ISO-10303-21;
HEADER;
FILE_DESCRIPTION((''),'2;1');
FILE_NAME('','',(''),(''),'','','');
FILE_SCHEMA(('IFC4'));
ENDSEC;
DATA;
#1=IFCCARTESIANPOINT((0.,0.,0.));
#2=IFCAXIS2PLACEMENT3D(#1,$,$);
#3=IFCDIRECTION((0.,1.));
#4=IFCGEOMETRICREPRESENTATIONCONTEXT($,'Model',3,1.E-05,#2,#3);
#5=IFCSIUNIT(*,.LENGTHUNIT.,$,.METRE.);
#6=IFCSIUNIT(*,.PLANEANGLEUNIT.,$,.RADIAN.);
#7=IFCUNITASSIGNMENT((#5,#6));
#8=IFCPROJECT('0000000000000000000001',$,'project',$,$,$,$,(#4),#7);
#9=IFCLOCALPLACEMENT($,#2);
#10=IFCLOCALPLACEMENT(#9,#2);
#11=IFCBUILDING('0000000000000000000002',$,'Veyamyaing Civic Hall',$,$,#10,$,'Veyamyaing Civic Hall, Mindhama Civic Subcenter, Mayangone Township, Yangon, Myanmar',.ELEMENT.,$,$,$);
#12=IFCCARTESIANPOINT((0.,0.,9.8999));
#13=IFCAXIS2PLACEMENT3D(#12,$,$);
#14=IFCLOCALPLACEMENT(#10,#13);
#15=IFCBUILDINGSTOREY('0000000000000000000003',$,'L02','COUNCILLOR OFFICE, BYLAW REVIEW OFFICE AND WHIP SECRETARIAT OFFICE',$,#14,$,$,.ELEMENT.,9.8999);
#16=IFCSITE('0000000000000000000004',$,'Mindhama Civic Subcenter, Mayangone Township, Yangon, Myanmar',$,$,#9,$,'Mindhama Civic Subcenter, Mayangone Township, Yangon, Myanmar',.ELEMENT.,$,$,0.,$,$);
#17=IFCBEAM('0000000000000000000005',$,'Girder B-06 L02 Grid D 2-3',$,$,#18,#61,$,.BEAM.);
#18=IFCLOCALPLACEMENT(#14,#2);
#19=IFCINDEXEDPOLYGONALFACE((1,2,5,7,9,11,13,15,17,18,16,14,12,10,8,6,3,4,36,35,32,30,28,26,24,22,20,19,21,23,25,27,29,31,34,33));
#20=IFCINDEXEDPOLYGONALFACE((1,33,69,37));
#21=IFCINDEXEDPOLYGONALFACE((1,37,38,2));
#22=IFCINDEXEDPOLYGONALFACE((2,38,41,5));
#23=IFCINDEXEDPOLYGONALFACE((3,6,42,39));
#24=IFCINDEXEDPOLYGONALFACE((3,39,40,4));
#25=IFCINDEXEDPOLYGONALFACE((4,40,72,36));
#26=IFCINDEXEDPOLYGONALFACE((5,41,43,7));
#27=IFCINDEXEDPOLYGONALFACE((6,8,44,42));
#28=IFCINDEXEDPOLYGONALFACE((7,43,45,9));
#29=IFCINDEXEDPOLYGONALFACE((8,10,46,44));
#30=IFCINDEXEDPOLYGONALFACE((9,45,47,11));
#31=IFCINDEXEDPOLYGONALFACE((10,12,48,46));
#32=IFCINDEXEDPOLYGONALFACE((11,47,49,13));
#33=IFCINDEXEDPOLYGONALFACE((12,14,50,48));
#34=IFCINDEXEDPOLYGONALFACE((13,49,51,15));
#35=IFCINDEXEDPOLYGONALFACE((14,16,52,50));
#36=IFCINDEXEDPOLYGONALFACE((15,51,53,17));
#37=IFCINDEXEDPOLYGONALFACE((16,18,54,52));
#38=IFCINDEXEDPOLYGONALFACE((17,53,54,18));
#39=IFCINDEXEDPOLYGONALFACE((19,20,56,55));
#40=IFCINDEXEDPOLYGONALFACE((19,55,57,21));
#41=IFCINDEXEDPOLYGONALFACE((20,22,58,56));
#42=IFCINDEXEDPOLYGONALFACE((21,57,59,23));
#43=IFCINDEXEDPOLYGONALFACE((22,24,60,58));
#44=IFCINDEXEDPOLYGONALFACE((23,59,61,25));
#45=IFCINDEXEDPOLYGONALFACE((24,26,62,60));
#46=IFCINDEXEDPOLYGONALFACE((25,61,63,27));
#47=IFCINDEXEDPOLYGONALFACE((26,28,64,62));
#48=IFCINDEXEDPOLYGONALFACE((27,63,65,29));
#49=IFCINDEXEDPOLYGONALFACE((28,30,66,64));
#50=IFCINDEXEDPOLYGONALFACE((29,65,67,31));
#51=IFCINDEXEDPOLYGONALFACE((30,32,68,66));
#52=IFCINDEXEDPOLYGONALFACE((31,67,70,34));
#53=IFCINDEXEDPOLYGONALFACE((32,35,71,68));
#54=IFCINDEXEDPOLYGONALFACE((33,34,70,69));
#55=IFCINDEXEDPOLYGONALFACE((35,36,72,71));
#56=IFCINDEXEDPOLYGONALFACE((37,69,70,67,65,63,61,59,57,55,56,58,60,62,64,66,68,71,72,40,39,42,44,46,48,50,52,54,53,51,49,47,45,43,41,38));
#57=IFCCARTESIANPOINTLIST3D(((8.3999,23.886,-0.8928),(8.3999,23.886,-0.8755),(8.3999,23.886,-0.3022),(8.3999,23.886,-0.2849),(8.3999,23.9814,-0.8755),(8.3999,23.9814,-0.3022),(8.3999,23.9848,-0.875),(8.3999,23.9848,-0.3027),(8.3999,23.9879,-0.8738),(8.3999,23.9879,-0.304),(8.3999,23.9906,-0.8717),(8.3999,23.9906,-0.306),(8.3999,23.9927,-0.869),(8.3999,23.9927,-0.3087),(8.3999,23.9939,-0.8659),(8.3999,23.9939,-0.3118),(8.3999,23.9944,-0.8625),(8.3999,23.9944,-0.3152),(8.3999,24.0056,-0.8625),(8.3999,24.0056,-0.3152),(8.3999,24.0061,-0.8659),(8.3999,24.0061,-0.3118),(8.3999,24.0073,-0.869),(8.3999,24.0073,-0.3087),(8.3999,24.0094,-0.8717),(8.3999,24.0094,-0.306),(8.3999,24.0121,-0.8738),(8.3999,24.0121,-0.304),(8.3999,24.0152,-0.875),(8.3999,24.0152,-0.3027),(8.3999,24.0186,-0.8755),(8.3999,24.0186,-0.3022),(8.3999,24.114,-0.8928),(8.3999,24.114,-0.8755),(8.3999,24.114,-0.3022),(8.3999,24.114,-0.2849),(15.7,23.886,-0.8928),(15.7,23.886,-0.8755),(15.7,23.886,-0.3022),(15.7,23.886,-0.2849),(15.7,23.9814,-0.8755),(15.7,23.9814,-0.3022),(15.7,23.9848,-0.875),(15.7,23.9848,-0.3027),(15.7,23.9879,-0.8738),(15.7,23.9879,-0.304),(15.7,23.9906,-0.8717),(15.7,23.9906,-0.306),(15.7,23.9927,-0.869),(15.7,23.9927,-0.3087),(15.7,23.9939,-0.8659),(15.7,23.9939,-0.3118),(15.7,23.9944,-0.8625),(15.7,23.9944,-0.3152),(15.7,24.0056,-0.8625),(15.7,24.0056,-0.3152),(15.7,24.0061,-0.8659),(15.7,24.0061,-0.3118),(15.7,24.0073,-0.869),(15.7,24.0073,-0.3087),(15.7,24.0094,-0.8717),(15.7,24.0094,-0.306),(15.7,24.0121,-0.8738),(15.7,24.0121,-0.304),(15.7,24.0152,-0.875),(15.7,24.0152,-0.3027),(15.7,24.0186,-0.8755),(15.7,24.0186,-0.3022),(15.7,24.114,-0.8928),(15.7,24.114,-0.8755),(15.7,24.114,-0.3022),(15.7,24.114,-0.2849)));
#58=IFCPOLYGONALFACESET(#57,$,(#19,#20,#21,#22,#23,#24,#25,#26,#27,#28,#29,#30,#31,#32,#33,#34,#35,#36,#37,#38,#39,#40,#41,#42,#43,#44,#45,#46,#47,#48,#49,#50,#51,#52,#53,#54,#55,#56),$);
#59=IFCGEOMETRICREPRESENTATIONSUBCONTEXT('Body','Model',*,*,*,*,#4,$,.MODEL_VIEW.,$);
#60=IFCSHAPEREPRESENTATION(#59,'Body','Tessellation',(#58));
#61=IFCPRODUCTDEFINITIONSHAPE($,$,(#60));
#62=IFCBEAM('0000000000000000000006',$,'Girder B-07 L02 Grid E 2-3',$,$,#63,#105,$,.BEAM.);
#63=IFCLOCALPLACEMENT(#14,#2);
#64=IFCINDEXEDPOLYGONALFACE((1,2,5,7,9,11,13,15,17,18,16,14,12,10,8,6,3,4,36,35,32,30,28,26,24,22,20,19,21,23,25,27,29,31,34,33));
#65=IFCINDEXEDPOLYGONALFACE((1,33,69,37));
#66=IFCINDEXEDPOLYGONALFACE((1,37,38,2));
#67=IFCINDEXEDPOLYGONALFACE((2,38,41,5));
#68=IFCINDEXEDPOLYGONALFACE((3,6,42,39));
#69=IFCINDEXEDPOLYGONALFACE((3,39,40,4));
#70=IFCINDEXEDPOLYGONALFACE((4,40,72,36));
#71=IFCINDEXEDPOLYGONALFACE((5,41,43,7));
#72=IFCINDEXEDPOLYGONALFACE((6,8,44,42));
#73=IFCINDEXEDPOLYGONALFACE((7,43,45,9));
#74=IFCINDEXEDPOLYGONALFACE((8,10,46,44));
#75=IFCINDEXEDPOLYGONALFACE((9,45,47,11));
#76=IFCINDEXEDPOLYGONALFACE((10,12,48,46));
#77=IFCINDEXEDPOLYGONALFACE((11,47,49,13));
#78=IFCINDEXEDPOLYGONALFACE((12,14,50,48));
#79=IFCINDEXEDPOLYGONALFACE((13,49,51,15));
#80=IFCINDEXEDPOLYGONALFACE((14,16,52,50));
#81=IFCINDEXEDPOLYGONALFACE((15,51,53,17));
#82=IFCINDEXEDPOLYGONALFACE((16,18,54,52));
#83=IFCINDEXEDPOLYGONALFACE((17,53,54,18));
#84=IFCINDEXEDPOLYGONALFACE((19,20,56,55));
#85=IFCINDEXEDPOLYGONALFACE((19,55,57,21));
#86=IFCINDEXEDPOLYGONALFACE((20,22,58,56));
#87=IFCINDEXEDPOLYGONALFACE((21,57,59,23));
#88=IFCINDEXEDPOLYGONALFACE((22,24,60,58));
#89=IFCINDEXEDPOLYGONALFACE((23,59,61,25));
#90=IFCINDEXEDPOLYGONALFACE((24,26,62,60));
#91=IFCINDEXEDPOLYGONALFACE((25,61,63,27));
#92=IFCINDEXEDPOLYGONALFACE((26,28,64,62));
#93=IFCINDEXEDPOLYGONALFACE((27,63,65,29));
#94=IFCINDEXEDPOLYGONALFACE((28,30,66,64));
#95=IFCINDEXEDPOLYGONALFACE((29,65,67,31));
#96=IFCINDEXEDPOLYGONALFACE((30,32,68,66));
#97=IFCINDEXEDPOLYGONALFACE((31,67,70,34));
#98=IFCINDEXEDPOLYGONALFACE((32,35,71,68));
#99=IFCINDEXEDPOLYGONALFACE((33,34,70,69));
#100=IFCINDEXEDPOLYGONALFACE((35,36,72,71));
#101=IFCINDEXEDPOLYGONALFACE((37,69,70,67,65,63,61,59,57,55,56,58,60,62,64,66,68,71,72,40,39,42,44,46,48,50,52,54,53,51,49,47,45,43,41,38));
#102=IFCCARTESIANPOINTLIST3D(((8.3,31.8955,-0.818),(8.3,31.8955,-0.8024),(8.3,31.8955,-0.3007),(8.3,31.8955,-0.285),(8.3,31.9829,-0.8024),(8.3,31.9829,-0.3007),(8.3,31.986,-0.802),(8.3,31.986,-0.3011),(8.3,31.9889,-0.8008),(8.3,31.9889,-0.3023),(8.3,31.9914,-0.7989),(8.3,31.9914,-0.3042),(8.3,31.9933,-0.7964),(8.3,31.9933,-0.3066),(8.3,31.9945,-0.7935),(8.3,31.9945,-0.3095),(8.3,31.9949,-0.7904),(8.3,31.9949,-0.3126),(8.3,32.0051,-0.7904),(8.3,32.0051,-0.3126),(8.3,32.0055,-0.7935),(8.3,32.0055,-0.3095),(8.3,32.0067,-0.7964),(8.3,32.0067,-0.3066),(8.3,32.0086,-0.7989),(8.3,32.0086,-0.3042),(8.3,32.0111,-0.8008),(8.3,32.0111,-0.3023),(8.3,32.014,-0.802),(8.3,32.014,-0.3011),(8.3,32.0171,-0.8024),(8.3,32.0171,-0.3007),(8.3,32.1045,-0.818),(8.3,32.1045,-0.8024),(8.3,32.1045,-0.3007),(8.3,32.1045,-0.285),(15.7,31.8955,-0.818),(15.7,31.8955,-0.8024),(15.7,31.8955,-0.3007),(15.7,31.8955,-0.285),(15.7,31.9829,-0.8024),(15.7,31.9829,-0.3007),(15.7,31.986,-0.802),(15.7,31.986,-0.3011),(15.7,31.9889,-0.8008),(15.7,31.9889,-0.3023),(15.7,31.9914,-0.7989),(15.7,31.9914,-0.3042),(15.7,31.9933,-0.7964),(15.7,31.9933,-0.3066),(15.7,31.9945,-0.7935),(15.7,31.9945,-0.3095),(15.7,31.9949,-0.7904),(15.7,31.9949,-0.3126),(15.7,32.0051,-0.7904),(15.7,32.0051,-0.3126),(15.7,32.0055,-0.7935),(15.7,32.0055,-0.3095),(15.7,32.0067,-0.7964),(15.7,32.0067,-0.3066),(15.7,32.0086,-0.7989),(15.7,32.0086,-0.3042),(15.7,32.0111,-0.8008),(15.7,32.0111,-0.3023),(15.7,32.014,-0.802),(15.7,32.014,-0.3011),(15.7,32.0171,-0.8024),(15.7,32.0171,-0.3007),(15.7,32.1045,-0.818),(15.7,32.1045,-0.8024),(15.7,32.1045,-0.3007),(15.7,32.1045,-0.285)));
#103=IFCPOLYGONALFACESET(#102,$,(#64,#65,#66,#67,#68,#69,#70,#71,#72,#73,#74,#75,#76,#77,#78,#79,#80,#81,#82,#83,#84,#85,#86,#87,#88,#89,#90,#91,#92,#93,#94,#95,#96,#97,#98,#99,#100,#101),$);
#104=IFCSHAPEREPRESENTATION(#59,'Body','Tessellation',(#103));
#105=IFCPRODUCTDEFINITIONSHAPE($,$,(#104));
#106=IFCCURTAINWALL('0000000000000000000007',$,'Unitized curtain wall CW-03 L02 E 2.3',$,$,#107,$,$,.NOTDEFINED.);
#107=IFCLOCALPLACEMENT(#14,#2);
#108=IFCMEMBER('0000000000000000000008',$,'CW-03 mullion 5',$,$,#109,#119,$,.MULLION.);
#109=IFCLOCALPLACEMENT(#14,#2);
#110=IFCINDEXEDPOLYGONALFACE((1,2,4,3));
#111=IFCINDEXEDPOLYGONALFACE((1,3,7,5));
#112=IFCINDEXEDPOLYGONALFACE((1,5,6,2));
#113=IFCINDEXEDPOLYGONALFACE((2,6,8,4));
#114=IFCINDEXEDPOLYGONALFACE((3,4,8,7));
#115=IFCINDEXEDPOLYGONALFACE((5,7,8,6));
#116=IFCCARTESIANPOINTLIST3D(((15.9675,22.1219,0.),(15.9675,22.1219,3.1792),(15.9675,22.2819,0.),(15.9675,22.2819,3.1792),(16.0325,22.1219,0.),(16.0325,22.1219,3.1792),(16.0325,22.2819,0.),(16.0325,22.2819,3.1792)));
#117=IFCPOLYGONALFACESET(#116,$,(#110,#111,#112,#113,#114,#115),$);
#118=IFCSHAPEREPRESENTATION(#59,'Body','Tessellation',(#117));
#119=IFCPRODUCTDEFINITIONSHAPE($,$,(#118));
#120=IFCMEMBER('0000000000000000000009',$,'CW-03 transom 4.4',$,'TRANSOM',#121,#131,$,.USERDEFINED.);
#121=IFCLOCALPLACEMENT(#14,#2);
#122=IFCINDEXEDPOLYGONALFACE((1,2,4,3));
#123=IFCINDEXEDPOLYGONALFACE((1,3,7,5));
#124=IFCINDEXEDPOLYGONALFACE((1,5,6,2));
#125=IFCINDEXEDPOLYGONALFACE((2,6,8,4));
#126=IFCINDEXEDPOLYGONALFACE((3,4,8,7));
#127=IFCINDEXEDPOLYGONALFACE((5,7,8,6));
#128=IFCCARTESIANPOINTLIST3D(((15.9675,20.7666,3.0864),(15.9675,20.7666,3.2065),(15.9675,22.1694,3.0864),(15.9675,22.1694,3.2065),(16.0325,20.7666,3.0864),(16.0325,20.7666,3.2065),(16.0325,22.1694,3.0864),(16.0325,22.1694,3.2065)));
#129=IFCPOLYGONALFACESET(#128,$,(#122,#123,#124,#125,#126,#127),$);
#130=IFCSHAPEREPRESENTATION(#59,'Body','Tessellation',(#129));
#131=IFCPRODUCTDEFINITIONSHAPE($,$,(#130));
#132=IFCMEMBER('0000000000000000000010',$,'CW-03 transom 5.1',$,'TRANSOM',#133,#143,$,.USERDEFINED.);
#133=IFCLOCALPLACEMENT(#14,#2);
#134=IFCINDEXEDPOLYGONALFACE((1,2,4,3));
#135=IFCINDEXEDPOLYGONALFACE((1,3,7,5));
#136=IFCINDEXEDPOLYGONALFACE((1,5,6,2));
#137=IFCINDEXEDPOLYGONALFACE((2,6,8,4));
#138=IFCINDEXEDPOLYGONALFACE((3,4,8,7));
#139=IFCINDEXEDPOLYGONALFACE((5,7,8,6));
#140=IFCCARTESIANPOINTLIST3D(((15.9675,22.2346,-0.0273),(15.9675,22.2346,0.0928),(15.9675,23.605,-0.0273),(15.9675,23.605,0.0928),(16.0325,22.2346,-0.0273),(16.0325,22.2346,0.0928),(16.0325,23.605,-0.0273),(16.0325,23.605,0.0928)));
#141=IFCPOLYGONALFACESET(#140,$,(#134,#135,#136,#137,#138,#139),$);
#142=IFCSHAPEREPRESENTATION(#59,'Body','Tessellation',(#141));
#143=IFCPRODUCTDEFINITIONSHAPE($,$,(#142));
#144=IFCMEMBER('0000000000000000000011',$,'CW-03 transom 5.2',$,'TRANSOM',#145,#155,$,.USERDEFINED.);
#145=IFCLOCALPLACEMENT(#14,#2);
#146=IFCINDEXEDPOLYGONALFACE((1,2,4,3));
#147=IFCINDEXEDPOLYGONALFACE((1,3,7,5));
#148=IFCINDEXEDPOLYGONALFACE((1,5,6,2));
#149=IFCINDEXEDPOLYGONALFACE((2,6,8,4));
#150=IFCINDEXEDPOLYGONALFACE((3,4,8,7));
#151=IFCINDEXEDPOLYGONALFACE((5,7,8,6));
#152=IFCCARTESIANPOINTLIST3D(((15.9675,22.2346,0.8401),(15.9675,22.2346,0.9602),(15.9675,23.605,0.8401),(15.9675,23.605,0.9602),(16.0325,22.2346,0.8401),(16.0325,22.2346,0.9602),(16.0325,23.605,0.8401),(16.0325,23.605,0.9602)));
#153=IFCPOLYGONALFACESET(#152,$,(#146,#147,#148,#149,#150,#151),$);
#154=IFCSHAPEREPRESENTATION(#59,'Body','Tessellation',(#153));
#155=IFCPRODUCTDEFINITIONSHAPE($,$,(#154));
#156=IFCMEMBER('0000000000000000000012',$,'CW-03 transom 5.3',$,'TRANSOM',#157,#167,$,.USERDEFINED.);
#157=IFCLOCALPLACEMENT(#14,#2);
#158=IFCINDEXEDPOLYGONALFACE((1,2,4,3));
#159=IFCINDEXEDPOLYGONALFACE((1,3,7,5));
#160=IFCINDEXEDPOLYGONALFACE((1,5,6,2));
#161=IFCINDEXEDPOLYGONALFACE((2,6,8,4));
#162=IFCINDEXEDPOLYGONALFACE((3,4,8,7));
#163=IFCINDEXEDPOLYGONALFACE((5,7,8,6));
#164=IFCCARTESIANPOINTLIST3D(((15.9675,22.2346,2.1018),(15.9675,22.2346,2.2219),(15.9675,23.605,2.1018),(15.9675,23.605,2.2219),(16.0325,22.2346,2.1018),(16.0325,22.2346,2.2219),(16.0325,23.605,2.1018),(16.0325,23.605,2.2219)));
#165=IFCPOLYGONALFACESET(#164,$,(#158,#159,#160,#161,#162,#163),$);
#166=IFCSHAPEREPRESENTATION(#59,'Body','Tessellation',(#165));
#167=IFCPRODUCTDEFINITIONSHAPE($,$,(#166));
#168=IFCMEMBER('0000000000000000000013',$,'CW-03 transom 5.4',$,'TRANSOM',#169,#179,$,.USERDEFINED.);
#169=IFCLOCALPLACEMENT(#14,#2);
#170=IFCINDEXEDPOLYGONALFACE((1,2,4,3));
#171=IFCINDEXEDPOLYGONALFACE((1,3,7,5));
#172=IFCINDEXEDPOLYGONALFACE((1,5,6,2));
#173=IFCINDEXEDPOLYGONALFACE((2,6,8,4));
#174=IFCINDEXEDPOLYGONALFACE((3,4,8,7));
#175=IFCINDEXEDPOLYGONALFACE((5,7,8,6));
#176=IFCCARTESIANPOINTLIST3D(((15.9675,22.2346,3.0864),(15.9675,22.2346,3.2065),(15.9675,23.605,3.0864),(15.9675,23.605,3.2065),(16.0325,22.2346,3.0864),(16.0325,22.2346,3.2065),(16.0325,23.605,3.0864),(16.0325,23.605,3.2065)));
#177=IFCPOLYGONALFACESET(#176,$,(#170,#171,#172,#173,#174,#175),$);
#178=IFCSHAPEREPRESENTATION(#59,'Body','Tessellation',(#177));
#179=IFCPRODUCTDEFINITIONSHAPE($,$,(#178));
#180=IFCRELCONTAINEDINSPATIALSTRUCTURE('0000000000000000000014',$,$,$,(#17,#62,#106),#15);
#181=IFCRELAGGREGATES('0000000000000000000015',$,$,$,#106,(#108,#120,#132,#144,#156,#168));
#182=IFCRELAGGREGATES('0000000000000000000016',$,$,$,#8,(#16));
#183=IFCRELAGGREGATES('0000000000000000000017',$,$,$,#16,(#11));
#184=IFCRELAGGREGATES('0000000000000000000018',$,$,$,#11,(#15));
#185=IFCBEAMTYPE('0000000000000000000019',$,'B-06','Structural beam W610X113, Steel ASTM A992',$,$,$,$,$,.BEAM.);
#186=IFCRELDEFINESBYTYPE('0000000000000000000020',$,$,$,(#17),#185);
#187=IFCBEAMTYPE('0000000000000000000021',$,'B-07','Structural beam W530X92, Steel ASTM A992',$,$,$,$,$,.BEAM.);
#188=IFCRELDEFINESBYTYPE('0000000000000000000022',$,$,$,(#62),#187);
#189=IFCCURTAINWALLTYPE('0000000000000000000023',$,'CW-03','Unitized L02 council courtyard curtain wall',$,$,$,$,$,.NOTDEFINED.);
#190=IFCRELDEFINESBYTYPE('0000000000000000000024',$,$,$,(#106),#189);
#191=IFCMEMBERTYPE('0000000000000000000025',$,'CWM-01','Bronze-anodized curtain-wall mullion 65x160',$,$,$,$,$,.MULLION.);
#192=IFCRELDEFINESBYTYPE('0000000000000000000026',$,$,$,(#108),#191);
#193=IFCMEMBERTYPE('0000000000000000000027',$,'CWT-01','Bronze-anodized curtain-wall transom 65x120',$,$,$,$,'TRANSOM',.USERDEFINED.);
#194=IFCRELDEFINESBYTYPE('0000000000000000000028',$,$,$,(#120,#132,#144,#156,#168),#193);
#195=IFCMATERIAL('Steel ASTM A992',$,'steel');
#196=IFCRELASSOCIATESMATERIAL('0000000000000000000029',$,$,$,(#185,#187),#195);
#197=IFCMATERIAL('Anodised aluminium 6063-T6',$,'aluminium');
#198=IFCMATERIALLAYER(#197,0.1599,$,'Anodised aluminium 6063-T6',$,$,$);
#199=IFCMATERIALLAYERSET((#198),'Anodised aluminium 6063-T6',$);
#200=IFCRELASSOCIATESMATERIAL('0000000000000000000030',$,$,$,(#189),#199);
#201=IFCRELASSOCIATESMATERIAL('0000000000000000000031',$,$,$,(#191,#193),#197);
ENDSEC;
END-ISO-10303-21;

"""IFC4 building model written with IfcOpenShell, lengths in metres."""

from ifc_helpers import new_model, si_unit, direction, frame, origin, origin_2d, place, context, subcontext, project, spatial, rectangle, i_section, extrude, material, layer, layer_set, material_profile, profile_set, type_object, element, aggregate, save


model = new_model("IFC4")

# Units and contexts
model_context = context("Model", 3, precision=1e-05, world=origin(), true_north=direction((0.0, 1.0)))
body_context = subcontext(model_context, "Body", "Model", "MODEL_VIEW")
ifc_project = project(units=[si_unit("LENGTHUNIT", "METRE"), si_unit("PLANEANGLEUNIT", "RADIAN")], contexts=[model_context])

# Site, building, storey
site_placement = place(None, origin())
site = spatial("IfcSite", under=ifc_project, at=site_placement, Name="Mindhama Civic Subcenter, Mayangone Township, Yangon, Myanmar", LongName="Mindhama Civic Subcenter, Mayangone Township, Yangon, Myanmar", CompositionType="ELEMENT", RefElevation=0.0)
building_placement = place(site_placement, origin())
building = spatial("IfcBuilding", under=site, at=building_placement, Name="Veyamyaing Civic Hall", LongName="Veyamyaing Civic Hall, Mindhama Civic Subcenter, Mayangone Township, Yangon, Myanmar", CompositionType="ELEMENT")
storey_placement = place(building_placement, frame((0.0, 0.0, 9.8999)))
storey = spatial("IfcBuildingStorey", under=building, at=storey_placement, Name="L02", Description="COUNCILLOR OFFICE, BYLAW REVIEW OFFICE AND WHIP SECRETARIAT OFFICE", CompositionType="ELEMENT", Elevation=9.8999)

# Beams
ifc_material_1 = material(Name="Steel ASTM A992", Category="steel")
ifc_material_profile_1 = material_profile(ifc_material_1, i_section(OverallWidth=0.228, OverallDepth=0.6079, WebThickness=0.0112, FlangeThickness=0.0173, FilletRadius=0.0129, at=origin_2d()), Name="W610X113")
ifc_profile_set_1 = profile_set([ifc_material_profile_1], Name="Steel ASTM A992")
beam_type_1 = type_object("IfcBeamType", Name="B-06", Description="Structural beam W610X113, Steel ASTM A992", PredefinedType="BEAM", material=ifc_profile_set_1)
beam_1_placement = place(storey_placement, frame((8.3999, 24.0, -0.5889), z_axis=(1.0, 0.0, 0.0), x_axis=(0.0, 1.0, 0.0)))
element("IfcBeam", 1, at=beam_1_placement, inside=storey, type_object=beam_type_1, Name="Girder B-06 L02 Grid D 2-3", PredefinedType="BEAM", context=body_context, shape_type="SweptSolid", body=[
    extrude(i_section(OverallWidth=0.228, OverallDepth=0.6079, WebThickness=0.0112, FlangeThickness=0.0173, FilletRadius=0.0129, at=origin_2d()), origin(), (0.0, 0.0, 1.0), 7.3),
])
ifc_material_profile_2 = material_profile(ifc_material_1, i_section(OverallWidth=0.209, OverallDepth=0.533, WebThickness=0.0103, FlangeThickness=0.0156, FilletRadius=0.012, at=origin_2d()), Name="W530X92")
ifc_profile_set_2 = profile_set([ifc_material_profile_2], Name="Steel ASTM A992")
beam_type_2 = type_object("IfcBeamType", Name="B-07", Description="Structural beam W530X92, Steel ASTM A992", PredefinedType="BEAM", material=ifc_profile_set_2)
beam_2_placement = place(storey_placement, frame((8.3, 32.0, -0.5515), z_axis=(1.0, 0.0, 0.0), x_axis=(0.0, 1.0, 0.0)))
element("IfcBeam", 2, at=beam_2_placement, inside=storey, type_object=beam_type_2, Name="Girder B-07 L02 Grid E 2-3", PredefinedType="BEAM", context=body_context, shape_type="SweptSolid", body=[
    extrude(i_section(OverallWidth=0.209, OverallDepth=0.533, WebThickness=0.0103, FlangeThickness=0.0156, FilletRadius=0.012, at=origin_2d()), origin(), (0.0, 0.0, 1.0), 7.3999),
])

# Curtain wall, members
ifc_material_2 = material(Name="Anodised aluminium 6063-T6", Category="aluminium")
ifc_layer_1 = layer(ifc_material_2, 0.1599, Name="Anodised aluminium 6063-T6")
ifc_layer_set_1 = layer_set([ifc_layer_1], Name="Anodised aluminium 6063-T6")
curtain_wall_type = type_object("IfcCurtainWallType", Name="CW-03", Description="Unitized L02 council courtyard curtain wall", PredefinedType="NOTDEFINED", material=ifc_layer_set_1)
curtain_wall_placement = place(storey_placement, origin())
curtain_wall = element("IfcCurtainWall", 3, at=curtain_wall_placement, inside=storey, type_object=curtain_wall_type, Name="Unitized curtain wall CW-03 L02 E 2.3", PredefinedType="NOTDEFINED")
ifc_material_profile_3 = material_profile(ifc_material_2, rectangle(XDim=0.0649, YDim=0.1599, at=origin_2d()), Name="ALU-MUL-65X160")
ifc_profile_set_3 = profile_set([ifc_material_profile_3], Name="Anodised aluminium 6063-T6")
member_type_1 = type_object("IfcMemberType", Name="CWM-01", Description="Bronze-anodized curtain-wall mullion 65x160", PredefinedType="MULLION", material=ifc_profile_set_3)
member_1_placement = place(storey_placement, frame((16.0, 22.2019, 0.0), z_axis=(0.0, 0.0, 1.0), x_axis=(-1.0, 0.0, 0.0)))
member_1 = element("IfcMember", 4, at=member_1_placement, type_object=member_type_1, Name="CW-03 mullion 5", PredefinedType="MULLION", context=body_context, shape_type="SweptSolid", body=[
    extrude(rectangle(XDim=0.0649, YDim=0.1599, at=origin_2d()), origin(), (0.0, 0.0, 1.0), 3.1792),
])
ifc_material_profile_4 = material_profile(ifc_material_2, rectangle(XDim=0.0649, YDim=0.1201, at=origin_2d()), Name="ALU-TRN-65X120")
ifc_profile_set_4 = profile_set([ifc_material_profile_4], Name="Anodised aluminium 6063-T6")
member_type_2 = type_object("IfcMemberType", Name="CWT-01", Description="Bronze-anodized curtain-wall transom 65x120", ElementType="TRANSOM", PredefinedType="USERDEFINED", material=ifc_profile_set_4)
member_2_placement = place(storey_placement, frame((16.0, 20.7666, 3.1465), z_axis=(0.0, 1.0, 0.0), x_axis=(-1.0, 0.0, 0.0)))
member_2 = element("IfcMember", 5, at=member_2_placement, type_object=member_type_2, Name="CW-03 transom 4.4", ObjectType="TRANSOM", PredefinedType="USERDEFINED", context=body_context, shape_type="SweptSolid", body=[
    extrude(rectangle(XDim=0.0649, YDim=0.1201, at=origin_2d()), origin(), (0.0, 0.0, 1.0), 1.4028),
])
member_3_placement = place(storey_placement, frame((16.0, 22.2346, 0.0327), z_axis=(0.0, 1.0, 0.0), x_axis=(-1.0, 0.0, 0.0)))
member_3 = element("IfcMember", 6, at=member_3_placement, type_object=member_type_2, Name="CW-03 transom 5.1", ObjectType="TRANSOM", PredefinedType="USERDEFINED", context=body_context, shape_type="SweptSolid", body=[
    extrude(rectangle(XDim=0.0649, YDim=0.1201, at=origin_2d()), origin(), (0.0, 0.0, 1.0), 1.3704),
])
member_4_placement = place(storey_placement, frame((16.0, 22.2346, 0.9001), z_axis=(0.0, 1.0, 0.0), x_axis=(-1.0, 0.0, 0.0)))
member_4 = element("IfcMember", 7, at=member_4_placement, type_object=member_type_2, Name="CW-03 transom 5.2", ObjectType="TRANSOM", PredefinedType="USERDEFINED", context=body_context, shape_type="SweptSolid", body=[
    extrude(rectangle(XDim=0.0649, YDim=0.1201, at=origin_2d()), origin(), (0.0, 0.0, 1.0), 1.3704),
])
member_5_placement = place(storey_placement, frame((16.0, 22.2346, 2.1619), z_axis=(0.0, 1.0, 0.0), x_axis=(-1.0, 0.0, 0.0)))
member_5 = element("IfcMember", 8, at=member_5_placement, type_object=member_type_2, Name="CW-03 transom 5.3", ObjectType="TRANSOM", PredefinedType="USERDEFINED", context=body_context, shape_type="SweptSolid", body=[
    extrude(rectangle(XDim=0.0649, YDim=0.1201, at=origin_2d()), origin(), (0.0, 0.0, 1.0), 1.3704),
])
member_6_placement = place(storey_placement, frame((16.0, 22.2346, 3.1465), z_axis=(0.0, 1.0, 0.0), x_axis=(-1.0, 0.0, 0.0)))
member_6 = element("IfcMember", 9, at=member_6_placement, type_object=member_type_2, Name="CW-03 transom 5.4", ObjectType="TRANSOM", PredefinedType="USERDEFINED", context=body_context, shape_type="SweptSolid", body=[
    extrude(rectangle(XDim=0.0649, YDim=0.1201, at=origin_2d()), origin(), (0.0, 0.0, 1.0), 1.3704),
])

aggregate(curtain_wall, [member_1, member_2, member_3, member_4, member_5, member_6])

save(model, "model.ifc")
